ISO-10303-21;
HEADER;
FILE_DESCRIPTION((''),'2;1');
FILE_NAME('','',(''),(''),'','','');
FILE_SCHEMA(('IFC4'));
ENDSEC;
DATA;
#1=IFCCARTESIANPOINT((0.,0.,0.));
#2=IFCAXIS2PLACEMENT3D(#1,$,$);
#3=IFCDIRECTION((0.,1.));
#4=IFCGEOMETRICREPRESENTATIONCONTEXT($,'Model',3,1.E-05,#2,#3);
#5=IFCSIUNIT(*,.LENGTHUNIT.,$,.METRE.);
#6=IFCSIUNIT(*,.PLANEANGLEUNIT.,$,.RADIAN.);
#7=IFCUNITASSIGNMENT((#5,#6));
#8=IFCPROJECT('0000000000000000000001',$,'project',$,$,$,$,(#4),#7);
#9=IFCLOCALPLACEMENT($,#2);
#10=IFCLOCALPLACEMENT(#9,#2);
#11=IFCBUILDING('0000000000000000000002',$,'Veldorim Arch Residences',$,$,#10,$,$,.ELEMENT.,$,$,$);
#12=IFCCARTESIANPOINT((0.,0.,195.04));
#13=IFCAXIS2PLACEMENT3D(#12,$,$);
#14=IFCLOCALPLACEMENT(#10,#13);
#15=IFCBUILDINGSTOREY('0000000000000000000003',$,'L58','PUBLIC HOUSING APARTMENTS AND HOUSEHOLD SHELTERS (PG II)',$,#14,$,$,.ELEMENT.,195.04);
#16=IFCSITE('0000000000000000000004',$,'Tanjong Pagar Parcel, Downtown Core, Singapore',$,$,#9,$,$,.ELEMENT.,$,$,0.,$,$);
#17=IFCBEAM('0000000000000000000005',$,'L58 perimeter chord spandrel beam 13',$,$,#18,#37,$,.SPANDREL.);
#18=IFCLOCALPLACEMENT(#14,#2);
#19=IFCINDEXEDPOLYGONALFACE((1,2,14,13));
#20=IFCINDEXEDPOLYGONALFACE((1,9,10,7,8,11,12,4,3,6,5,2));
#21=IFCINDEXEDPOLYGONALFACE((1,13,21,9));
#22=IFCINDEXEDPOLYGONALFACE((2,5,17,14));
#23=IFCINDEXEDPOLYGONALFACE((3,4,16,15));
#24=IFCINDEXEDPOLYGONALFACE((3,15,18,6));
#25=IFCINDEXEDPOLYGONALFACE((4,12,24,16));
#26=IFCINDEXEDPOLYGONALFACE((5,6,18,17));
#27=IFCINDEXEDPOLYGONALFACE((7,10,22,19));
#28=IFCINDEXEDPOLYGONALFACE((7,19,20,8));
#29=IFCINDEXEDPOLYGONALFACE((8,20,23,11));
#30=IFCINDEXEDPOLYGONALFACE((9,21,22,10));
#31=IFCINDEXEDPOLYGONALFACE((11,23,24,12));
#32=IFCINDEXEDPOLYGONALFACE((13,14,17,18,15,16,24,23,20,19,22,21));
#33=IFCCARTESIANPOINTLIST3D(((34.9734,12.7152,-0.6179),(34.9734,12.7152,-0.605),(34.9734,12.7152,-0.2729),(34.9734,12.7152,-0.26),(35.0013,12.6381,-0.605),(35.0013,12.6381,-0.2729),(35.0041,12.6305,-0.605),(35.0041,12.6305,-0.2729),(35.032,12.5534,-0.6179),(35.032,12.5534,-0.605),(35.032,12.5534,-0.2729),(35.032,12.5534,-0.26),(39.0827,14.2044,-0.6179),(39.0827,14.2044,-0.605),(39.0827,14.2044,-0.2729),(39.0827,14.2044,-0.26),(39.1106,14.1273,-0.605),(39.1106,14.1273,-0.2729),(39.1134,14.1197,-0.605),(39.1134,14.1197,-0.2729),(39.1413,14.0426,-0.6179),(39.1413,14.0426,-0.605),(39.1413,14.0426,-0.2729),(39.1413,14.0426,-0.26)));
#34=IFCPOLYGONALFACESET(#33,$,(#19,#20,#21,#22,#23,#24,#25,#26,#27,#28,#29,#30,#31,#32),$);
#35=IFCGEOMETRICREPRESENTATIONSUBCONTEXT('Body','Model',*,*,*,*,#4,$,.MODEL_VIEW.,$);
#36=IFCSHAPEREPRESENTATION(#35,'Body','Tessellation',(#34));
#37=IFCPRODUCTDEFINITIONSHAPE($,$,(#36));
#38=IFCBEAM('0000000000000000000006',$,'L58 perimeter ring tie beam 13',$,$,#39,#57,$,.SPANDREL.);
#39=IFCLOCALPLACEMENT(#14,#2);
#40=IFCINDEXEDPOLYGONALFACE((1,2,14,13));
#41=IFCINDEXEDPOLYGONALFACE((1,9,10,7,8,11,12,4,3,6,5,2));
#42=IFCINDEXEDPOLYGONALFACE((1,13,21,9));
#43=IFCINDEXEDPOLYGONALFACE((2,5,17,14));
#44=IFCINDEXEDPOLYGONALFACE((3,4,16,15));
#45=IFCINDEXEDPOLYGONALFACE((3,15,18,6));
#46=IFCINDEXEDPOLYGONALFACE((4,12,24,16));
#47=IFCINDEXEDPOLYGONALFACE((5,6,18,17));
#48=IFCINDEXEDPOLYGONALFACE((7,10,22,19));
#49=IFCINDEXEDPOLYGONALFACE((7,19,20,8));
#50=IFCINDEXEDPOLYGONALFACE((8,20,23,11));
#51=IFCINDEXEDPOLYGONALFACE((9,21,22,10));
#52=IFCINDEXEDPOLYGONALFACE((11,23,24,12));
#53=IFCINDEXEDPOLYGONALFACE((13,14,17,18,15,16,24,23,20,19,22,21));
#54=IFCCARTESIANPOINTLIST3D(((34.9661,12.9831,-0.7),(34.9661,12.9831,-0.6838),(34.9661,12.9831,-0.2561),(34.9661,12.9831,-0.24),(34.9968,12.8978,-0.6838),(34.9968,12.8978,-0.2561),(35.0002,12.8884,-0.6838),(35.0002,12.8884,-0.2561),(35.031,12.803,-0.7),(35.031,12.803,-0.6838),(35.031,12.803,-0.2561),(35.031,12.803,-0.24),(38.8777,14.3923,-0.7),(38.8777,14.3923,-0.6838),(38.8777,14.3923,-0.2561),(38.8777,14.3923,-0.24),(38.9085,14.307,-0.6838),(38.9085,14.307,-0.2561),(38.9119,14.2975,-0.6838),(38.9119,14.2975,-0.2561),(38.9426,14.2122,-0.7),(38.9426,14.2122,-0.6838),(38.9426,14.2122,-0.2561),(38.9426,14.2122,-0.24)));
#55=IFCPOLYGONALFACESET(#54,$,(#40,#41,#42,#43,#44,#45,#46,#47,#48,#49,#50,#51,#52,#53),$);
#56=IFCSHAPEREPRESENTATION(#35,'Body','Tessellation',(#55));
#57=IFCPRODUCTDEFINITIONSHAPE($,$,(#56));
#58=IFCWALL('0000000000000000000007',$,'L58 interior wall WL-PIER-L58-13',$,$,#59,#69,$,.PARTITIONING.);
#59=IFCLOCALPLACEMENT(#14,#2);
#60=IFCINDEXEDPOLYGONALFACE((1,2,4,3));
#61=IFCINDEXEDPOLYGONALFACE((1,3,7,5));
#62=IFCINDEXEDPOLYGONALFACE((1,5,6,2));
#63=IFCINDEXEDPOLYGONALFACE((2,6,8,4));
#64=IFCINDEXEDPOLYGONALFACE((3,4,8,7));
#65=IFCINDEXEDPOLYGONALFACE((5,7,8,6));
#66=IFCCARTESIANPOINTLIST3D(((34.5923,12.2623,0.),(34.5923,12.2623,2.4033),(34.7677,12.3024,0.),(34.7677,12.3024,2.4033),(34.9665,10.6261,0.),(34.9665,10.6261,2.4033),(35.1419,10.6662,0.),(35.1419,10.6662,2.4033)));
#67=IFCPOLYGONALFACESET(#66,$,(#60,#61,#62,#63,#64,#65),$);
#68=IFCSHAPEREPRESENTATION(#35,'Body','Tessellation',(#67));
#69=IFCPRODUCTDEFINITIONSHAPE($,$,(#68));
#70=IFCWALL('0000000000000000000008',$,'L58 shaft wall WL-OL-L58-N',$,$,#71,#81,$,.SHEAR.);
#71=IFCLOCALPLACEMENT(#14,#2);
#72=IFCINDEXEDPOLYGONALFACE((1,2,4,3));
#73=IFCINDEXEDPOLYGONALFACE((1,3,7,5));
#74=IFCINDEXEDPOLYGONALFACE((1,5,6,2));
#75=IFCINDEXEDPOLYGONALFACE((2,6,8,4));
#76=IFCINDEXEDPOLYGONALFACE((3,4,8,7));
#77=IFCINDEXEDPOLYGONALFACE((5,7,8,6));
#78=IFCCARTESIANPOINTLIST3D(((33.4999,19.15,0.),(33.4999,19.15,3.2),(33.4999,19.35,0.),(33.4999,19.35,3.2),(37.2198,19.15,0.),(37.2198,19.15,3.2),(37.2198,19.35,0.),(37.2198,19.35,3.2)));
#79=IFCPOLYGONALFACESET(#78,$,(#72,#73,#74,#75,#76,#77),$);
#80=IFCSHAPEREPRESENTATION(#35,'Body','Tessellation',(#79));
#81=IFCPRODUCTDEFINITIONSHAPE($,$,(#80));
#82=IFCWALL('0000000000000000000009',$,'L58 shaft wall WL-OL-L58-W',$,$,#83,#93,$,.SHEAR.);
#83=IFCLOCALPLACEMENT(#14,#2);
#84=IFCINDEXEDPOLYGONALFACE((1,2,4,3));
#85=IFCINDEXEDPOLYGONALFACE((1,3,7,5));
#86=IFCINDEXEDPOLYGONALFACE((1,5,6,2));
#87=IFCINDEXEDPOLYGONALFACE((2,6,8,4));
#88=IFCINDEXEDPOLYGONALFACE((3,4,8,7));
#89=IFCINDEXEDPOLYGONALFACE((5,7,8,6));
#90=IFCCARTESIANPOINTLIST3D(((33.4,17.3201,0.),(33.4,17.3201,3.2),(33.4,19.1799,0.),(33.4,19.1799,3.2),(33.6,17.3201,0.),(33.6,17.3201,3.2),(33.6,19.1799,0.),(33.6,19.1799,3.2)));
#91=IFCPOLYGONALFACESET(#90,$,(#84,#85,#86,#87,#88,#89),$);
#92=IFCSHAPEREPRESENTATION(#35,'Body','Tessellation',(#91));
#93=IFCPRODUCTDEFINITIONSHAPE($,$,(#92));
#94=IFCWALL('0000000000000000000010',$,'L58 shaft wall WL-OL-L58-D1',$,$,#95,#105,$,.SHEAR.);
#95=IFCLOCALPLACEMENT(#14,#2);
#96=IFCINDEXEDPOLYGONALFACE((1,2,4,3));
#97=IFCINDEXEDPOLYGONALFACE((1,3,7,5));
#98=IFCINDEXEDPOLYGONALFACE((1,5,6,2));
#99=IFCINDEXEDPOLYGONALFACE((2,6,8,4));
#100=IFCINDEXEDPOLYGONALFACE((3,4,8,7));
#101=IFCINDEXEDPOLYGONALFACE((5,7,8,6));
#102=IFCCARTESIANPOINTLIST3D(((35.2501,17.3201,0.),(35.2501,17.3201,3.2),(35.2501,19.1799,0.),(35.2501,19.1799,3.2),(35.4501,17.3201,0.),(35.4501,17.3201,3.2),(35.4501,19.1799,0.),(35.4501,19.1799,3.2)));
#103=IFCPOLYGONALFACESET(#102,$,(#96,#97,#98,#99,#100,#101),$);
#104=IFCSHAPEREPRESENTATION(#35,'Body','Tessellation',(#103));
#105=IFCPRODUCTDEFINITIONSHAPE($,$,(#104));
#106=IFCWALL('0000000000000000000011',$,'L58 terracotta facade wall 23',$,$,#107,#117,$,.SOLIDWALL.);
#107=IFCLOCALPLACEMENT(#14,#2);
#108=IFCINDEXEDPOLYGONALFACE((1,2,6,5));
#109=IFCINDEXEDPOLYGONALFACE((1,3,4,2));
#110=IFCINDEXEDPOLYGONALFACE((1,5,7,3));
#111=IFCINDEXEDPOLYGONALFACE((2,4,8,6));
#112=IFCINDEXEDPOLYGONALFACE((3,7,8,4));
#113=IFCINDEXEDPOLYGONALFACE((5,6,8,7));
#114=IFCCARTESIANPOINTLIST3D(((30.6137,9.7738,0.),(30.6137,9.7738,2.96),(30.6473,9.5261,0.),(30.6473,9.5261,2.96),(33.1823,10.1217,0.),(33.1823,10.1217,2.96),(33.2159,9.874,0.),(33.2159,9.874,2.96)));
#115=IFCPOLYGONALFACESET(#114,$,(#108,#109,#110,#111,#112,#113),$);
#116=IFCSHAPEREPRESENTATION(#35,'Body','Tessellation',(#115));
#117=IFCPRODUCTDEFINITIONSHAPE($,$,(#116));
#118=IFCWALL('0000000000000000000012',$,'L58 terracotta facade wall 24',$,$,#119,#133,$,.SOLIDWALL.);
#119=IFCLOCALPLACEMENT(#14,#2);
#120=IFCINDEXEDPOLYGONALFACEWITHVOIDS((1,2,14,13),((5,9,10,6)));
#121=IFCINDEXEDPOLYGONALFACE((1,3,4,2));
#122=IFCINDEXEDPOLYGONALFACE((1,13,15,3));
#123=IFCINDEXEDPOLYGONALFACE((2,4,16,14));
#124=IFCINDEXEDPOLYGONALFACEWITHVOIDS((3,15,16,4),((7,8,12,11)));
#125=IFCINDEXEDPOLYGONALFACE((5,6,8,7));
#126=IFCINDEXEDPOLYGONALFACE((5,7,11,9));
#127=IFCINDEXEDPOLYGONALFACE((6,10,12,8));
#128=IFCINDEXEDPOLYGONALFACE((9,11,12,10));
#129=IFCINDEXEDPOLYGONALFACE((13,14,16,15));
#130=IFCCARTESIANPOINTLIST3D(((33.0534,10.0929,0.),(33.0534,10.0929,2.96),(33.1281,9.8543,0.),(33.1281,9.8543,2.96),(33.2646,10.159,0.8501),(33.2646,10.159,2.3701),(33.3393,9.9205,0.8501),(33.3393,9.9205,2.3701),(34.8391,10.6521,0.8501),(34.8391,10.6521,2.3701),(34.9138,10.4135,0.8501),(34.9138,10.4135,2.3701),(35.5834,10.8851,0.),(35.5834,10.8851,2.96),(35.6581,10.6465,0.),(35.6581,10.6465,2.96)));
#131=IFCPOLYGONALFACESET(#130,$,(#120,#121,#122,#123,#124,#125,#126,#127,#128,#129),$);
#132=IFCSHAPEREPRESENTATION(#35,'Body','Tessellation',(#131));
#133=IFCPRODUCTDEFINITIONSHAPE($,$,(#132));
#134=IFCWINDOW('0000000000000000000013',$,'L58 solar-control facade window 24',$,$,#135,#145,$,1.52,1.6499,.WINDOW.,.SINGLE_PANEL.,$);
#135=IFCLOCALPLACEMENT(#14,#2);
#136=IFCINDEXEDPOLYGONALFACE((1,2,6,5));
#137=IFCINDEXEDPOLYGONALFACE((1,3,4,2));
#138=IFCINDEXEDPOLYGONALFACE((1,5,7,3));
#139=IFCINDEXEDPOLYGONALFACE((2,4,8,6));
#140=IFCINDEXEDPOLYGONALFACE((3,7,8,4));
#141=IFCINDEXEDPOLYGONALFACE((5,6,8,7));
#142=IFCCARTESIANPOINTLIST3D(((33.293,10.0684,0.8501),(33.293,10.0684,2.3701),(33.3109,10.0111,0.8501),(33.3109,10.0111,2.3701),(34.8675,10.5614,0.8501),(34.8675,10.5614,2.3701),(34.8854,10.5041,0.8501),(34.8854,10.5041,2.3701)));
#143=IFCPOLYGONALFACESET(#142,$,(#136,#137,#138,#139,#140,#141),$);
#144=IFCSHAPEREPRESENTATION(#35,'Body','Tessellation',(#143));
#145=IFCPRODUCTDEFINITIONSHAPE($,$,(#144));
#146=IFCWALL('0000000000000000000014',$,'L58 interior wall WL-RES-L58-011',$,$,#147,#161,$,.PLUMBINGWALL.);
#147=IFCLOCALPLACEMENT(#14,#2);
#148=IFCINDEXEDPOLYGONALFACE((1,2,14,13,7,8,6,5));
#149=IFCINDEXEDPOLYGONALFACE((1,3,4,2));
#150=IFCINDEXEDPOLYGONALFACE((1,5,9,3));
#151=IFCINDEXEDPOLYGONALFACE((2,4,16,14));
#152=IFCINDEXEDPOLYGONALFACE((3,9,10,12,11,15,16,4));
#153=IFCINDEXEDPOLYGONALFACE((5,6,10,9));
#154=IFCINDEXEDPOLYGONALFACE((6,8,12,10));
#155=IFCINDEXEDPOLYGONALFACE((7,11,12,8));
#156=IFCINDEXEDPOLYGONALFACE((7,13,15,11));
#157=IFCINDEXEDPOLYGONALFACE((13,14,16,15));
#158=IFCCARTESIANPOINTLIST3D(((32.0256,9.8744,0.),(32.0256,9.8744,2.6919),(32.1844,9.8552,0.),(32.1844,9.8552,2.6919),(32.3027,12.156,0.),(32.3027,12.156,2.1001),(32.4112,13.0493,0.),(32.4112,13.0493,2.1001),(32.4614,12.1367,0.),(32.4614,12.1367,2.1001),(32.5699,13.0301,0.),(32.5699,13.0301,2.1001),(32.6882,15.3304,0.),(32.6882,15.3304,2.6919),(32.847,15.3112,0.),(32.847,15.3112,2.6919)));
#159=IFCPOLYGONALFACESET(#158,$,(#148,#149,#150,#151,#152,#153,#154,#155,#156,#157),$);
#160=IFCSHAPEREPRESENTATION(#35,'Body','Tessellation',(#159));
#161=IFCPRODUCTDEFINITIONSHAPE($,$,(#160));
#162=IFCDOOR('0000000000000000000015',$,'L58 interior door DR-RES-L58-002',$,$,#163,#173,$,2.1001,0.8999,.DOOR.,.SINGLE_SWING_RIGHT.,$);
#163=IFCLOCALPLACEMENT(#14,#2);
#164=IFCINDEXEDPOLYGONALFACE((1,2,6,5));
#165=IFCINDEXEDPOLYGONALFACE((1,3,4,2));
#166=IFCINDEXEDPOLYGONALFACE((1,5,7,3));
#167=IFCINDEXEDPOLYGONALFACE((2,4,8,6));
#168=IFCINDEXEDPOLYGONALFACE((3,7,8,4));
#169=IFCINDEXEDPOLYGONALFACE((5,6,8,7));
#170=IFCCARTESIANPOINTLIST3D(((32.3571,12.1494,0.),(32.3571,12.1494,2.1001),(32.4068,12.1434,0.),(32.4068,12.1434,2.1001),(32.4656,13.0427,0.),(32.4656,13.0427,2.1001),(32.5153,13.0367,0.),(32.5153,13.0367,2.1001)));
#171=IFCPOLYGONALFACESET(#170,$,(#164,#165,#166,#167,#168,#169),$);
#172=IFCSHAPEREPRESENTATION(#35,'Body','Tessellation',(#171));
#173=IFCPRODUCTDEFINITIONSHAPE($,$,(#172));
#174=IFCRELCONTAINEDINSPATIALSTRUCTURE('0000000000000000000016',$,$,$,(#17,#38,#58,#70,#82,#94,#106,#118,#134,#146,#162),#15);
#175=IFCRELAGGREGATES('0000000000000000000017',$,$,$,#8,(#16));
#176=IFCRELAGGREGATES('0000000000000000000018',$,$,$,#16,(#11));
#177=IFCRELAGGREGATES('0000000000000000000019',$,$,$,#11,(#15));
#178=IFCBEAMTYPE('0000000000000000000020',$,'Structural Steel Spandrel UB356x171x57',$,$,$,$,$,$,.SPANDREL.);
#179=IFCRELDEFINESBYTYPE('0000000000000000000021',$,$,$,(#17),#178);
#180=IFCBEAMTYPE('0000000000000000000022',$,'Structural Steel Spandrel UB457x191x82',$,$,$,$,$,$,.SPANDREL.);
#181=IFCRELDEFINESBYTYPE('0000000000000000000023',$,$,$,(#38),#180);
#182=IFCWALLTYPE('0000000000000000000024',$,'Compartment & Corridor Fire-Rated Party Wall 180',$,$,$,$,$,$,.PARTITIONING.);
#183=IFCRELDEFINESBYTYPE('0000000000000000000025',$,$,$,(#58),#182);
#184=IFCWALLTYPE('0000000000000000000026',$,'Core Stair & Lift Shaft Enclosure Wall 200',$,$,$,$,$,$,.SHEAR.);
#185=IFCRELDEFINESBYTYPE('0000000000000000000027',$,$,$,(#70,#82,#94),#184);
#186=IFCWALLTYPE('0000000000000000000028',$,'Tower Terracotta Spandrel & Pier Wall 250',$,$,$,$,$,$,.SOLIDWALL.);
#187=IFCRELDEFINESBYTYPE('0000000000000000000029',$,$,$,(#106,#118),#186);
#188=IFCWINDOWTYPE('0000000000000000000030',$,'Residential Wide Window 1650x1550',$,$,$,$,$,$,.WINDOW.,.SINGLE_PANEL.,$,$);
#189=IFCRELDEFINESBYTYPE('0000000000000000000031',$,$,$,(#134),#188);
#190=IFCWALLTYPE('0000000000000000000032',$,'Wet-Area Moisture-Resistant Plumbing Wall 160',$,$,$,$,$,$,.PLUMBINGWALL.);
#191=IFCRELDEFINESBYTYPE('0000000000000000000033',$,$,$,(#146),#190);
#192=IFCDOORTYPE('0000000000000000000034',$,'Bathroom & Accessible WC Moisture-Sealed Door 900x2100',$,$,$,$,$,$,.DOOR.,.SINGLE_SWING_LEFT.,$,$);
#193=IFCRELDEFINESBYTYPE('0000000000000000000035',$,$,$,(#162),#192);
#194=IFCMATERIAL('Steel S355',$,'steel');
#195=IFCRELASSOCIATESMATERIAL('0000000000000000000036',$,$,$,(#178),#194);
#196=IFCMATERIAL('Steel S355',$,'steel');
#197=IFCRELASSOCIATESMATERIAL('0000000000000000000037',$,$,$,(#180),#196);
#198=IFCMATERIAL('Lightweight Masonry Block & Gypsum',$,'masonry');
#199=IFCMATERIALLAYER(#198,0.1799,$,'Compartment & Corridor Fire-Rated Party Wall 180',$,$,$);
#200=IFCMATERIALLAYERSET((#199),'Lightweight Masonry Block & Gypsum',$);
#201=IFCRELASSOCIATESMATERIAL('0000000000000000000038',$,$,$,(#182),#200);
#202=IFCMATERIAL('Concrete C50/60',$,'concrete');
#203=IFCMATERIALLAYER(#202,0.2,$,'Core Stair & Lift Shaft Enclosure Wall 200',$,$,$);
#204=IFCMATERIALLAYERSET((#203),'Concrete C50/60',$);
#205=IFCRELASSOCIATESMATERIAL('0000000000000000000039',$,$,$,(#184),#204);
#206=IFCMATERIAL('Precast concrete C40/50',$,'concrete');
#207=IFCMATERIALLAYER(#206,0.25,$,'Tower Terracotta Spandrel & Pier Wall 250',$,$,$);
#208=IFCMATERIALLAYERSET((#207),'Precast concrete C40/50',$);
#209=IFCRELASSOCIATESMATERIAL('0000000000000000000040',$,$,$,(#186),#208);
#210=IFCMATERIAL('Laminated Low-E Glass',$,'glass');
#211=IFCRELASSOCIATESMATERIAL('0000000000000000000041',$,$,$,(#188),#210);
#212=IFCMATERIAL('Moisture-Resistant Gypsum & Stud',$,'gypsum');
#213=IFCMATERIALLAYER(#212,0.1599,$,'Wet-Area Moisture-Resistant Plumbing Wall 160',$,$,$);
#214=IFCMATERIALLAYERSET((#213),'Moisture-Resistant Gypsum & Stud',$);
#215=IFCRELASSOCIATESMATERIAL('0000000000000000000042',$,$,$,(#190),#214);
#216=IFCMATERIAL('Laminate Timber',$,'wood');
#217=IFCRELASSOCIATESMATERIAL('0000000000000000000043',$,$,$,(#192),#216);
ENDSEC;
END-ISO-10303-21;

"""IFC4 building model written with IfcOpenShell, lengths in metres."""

from ifc_helpers import new_model, si_unit, direction, frame, frame_2d, origin, origin_2d, place, context, subcontext, project, spatial, rectangle, i_section, extrude, material, layer, layer_set, material_profile, profile_set, type_object, element, fill, save


model = new_model("IFC4")

# Units and contexts
model_context = context("Model", 3, precision=1e-05, world=origin(), true_north=direction((0.0, 1.0)))
body_context = subcontext(model_context, "Body", "Model", "MODEL_VIEW")
ifc_project = project(units=[si_unit("LENGTHUNIT", "METRE"), si_unit("PLANEANGLEUNIT", "RADIAN")], contexts=[model_context])

# Site, building, storey
site_placement = place(None, origin())
site = spatial("IfcSite", under=ifc_project, at=site_placement, Name="Tanjong Pagar Parcel, Downtown Core, Singapore", CompositionType="ELEMENT", RefElevation=0.0)
building_placement = place(site_placement, origin())
building = spatial("IfcBuilding", under=site, at=building_placement, Name="Veldorim Arch Residences", CompositionType="ELEMENT")
storey_placement = place(building_placement, frame((0.0, 0.0, 195.04)))
storey = spatial("IfcBuildingStorey", under=building, at=storey_placement, Name="L58", Description="PUBLIC HOUSING APARTMENTS AND HOUSEHOLD SHELTERS (PG II)", CompositionType="ELEMENT", Elevation=195.04)

# Beams
ifc_material_1 = material(Name="Steel S355", Category="steel")
ifc_material_profile_1 = material_profile(ifc_material_1, i_section(OverallWidth=0.1721, OverallDepth=0.3579, WebThickness=0.0081, FlangeThickness=0.0129, at=origin_2d()), Name="UB356x171x57")
ifc_profile_set_1 = profile_set([ifc_material_profile_1], Name="Steel S355")
beam_type_1 = type_object("IfcBeamType", Name="Structural Steel Spandrel UB356x171x57", PredefinedType="SPANDREL", material=ifc_profile_set_1)
beam_1_placement = place(storey_placement, frame((35.0027, 12.6343, -0.439), z_axis=(0.940165, 0.34072, 0.0), x_axis=(-0.34072, 0.940165, 0.0)))
element("IfcBeam", 1, at=beam_1_placement, inside=storey, type_object=beam_type_1, Name="L58 perimeter chord spandrel beam 13", PredefinedType="SPANDREL", context=body_context, shape_type="SweptSolid", body=[
    extrude(i_section(OverallWidth=0.1721, OverallDepth=0.3579, WebThickness=0.0081, FlangeThickness=0.0129, at=origin_2d()), origin(), (0.0, 0.0, 1.0), 4.3708),
])
ifc_material_2 = material(Name="Steel S355", Category="steel")
ifc_material_profile_2 = material_profile(ifc_material_2, i_section(OverallWidth=0.1914, OverallDepth=0.46, WebThickness=0.01, FlangeThickness=0.0161, at=origin_2d()), Name="UB457x191x82")
ifc_profile_set_2 = profile_set([ifc_material_profile_2], Name="Steel S355")
beam_type_2 = type_object("IfcBeamType", Name="Structural Steel Spandrel UB457x191x82", PredefinedType="SPANDREL", material=ifc_profile_set_2)
beam_2_placement = place(storey_placement, frame((34.9985, 12.8931, -0.47), z_axis=(0.940811, 0.338932, 0.0), x_axis=(-0.338932, 0.940811, 0.0)))
element("IfcBeam", 2, at=beam_2_placement, inside=storey, type_object=beam_type_2, Name="L58 perimeter ring tie beam 13", PredefinedType="SPANDREL", context=body_context, shape_type="SweptSolid", body=[
    extrude(i_section(OverallWidth=0.1914, OverallDepth=0.46, WebThickness=0.01, FlangeThickness=0.0161, at=origin_2d()), origin(), (0.0, 0.0, 1.0), 4.1577),
])

# Walls
ifc_material_3 = material(Name="Lightweight Masonry Block & Gypsum", Category="masonry")
ifc_layer_1 = layer(ifc_material_3, 0.1799, Name="Compartment & Corridor Fire-Rated Party Wall 180")
ifc_layer_set_1 = layer_set([ifc_layer_1], Name="Lightweight Masonry Block & Gypsum")
wall_type_1 = type_object("IfcWallType", Name="Compartment & Corridor Fire-Rated Party Wall 180", PredefinedType="PARTITIONING", material=ifc_layer_set_1)
wall_1_placement = place(storey_placement, frame((34.6799, 12.2825, 0.0), z_axis=(0.0, 0.0, 1.0), x_axis=(0.222979, -0.974823, 0.0)))
element("IfcWall", 3, at=wall_1_placement, inside=storey, type_object=wall_type_1, Name="L58 interior wall WL-PIER-L58-13", PredefinedType="PARTITIONING", context=body_context, shape_type="SweptSolid", body=[
    extrude(rectangle(XDim=1.6785, YDim=0.1799, at=frame_2d((0.8394, 0.0))), origin(), (0.0, 0.0, 1.0), 2.4033),
])
ifc_material_4 = material(Name="Concrete C50/60", Category="concrete")
ifc_layer_2 = layer(ifc_material_4, 0.2, Name="Core Stair & Lift Shaft Enclosure Wall 200")
ifc_layer_set_2 = layer_set([ifc_layer_2], Name="Concrete C50/60")
wall_type_2 = type_object("IfcWallType", Name="Core Stair & Lift Shaft Enclosure Wall 200", PredefinedType="SHEAR", material=ifc_layer_set_2)
wall_2_placement = place(storey_placement, frame((33.5, 19.25, 0.0), z_axis=(0.0, 0.0, 1.0), x_axis=(1.0, 0.0, 0.0)))
element("IfcWall", 4, at=wall_2_placement, inside=storey, type_object=wall_type_2, Name="L58 shaft wall WL-OL-L58-N", PredefinedType="SHEAR", context=body_context, shape_type="SweptSolid", body=[
    extrude(rectangle(XDim=3.72, YDim=0.2, at=frame_2d((1.8599, 0.0))), origin(), (0.0, 0.0, 1.0), 3.2),
])
for number, where, z_axis, x_axis, name in (
    (5, (33.5, 17.3201, 0.0), (0.0, 0.0, 1.0), (0.0, 1.0, 0.0), "L58 shaft wall WL-OL-L58-W"),
    (6, (35.3501, 17.3201, 0.0), (0.0, 0.0, 1.0), (0.0, 1.0, 0.0), "L58 shaft wall WL-OL-L58-D1"),
):
    element("IfcWall", number, at=place(storey_placement, frame(where, z_axis=z_axis, x_axis=x_axis)), inside=storey, type_object=wall_type_2, Name=name, PredefinedType="SHEAR", context=body_context, shape_type="SweptSolid", body=[
        extrude(rectangle(XDim=1.8599, YDim=0.2, at=frame_2d((0.9299, 0.0))), origin(), (0.0, 0.0, 1.0), 3.2),
    ])
ifc_material_5 = material(Name="Precast concrete C40/50", Category="concrete")
ifc_layer_3 = layer(ifc_material_5, 0.25, Name="Tower Terracotta Spandrel & Pier Wall 250")
ifc_layer_set_3 = layer_set([ifc_layer_3], Name="Precast concrete C40/50")
wall_type_3 = type_object("IfcWallType", Name="Tower Terracotta Spandrel & Pier Wall 250", PredefinedType="SOLIDWALL", material=ifc_layer_set_3)
wall_3_placement = place(storey_placement, frame((33.199, 9.9978, 0.0), z_axis=(0.0, 0.0, 1.0), x_axis=(-0.990952, -0.134218, 0.0)))
element("IfcWall", 7, at=wall_3_placement, inside=storey, type_object=wall_type_3, Name="L58 terracotta facade wall 23", PredefinedType="SOLIDWALL", context=body_context, shape_type="SweptSolid", body=[
    extrude(rectangle(XDim=2.592, YDim=0.25, at=frame_2d((1.2959, 0.0))), origin(), (0.0, 0.0, 1.0), 2.96),
])

# Wall, opening, window
wall_4_placement = place(storey_placement, frame((35.6208, 10.7659, 0.0), z_axis=(0.0, 0.0, 1.0), x_axis=(-0.954308, -0.298826, 0.0)))
wall_4 = element("IfcWall", 8, at=wall_4_placement, inside=storey, type_object=wall_type_3, Name="L58 terracotta facade wall 24", PredefinedType="SOLIDWALL", context=body_context, shape_type="SweptSolid", body=[
    extrude(rectangle(XDim=2.6511, YDim=0.25, at=frame_2d((1.3257, 0.0))), origin(), (0.0, 0.0, 1.0), 2.96),
])
opening_1_placement = place(wall_4_placement, frame((0.78, 0.0, 0.8501)))
opening_1 = element("IfcOpeningElement", 9, at=opening_1_placement, cuts=wall_4, PredefinedType="OPENING", context=body_context, shape_type="SweptSolid", body=[
    extrude(rectangle(XDim=1.6499, YDim=1.52, at=frame_2d((0.825, 0.76))), frame((0.0, 0.135, 0.0), z_axis=(0.0, -1.0, 0.0), x_axis=(1.0, 0.0, 0.0)), (0.0, 0.0, 1.0), 0.27),
])
ifc_material_6 = material(Name="Laminated Low-E Glass", Category="glass")
window_type = type_object("IfcWindowType", Name="Residential Wide Window 1650x1550", PartitioningType="SINGLE_PANEL", PredefinedType="WINDOW", material=ifc_material_6)
window_placement = place(opening_1_placement, origin())
window = element("IfcWindow", 10, at=window_placement, inside=storey, type_object=window_type, Name="L58 solar-control facade window 24", OverallHeight=1.52, OverallWidth=1.6499, PartitioningType="SINGLE_PANEL", PredefinedType="WINDOW", context=body_context, shape_type="SweptSolid", body=[
    extrude(rectangle(XDim=1.6499, YDim=1.52, at=frame_2d((0.825, 0.76))), frame((0.0, 0.03, 0.0), z_axis=(0.0, -1.0, 0.0), x_axis=(1.0, 0.0, 0.0)), (0.0, 0.0, 1.0), 0.0601),
])
fill(opening_1, window)

# Wall, opening, door
ifc_material_7 = material(Name="Moisture-Resistant Gypsum & Stud", Category="gypsum")
ifc_layer_4 = layer(ifc_material_7, 0.1599, Name="Wet-Area Moisture-Resistant Plumbing Wall 160")
ifc_layer_set_4 = layer_set([ifc_layer_4], Name="Moisture-Resistant Gypsum & Stud")
wall_type_4 = type_object("IfcWallType", Name="Wet-Area Moisture-Resistant Plumbing Wall 160", PredefinedType="PLUMBINGWALL", material=ifc_layer_set_4)
wall_5_placement = place(storey_placement, frame((32.7676, 15.3208, 0.0), z_axis=(0.0, 0.0, 1.0), x_axis=(-0.120557, -0.992706, 0.0)))
wall_5 = element("IfcWall", 11, at=wall_5_placement, inside=storey, type_object=wall_type_4, Name="L58 interior wall WL-RES-L58-011", PredefinedType="PLUMBINGWALL", context=body_context, shape_type="SweptSolid", body=[
    extrude(rectangle(XDim=5.4961, YDim=0.1599, at=frame_2d((2.748, 0.0))), origin(), (0.0, 0.0, 1.0), 2.6919),
])
opening_2_placement = place(wall_5_placement, frame((2.2979, 0.0, 0.0)))
opening_2 = element("IfcOpeningElement", 12, at=opening_2_placement, cuts=wall_5, PredefinedType="OPENING", context=body_context, shape_type="SweptSolid", body=[
    extrude(rectangle(XDim=0.8999, YDim=2.1001, at=frame_2d((0.45, 1.05))), frame((0.0, 0.0898, 0.0), z_axis=(0.0, -1.0, 0.0), x_axis=(1.0, 0.0, 0.0)), (0.0, 0.0, 1.0), 0.1799),
])
ifc_material_8 = material(Name="Laminate Timber", Category="wood")
door_type = type_object("IfcDoorType", Name="Bathroom & Accessible WC Moisture-Sealed Door 900x2100", OperationType="SINGLE_SWING_LEFT", PredefinedType="DOOR", material=ifc_material_8)
door_placement = place(opening_2_placement, origin())
door = element("IfcDoor", 13, at=door_placement, inside=storey, type_object=door_type, Name="L58 interior door DR-RES-L58-002", OperationType="SINGLE_SWING_RIGHT", OverallHeight=2.1001, OverallWidth=0.8999, PredefinedType="DOOR", context=body_context, shape_type="SweptSolid", body=[
    extrude(rectangle(XDim=0.8999, YDim=2.1001, at=frame_2d((0.45, 1.05))), frame((0.0, 0.0249, 0.0), z_axis=(0.0, -1.0, 0.0), x_axis=(1.0, 0.0, 0.0)), (0.0, 0.0, 1.0), 0.05),
])
fill(opening_2, door)

save(model, "model.ifc")
